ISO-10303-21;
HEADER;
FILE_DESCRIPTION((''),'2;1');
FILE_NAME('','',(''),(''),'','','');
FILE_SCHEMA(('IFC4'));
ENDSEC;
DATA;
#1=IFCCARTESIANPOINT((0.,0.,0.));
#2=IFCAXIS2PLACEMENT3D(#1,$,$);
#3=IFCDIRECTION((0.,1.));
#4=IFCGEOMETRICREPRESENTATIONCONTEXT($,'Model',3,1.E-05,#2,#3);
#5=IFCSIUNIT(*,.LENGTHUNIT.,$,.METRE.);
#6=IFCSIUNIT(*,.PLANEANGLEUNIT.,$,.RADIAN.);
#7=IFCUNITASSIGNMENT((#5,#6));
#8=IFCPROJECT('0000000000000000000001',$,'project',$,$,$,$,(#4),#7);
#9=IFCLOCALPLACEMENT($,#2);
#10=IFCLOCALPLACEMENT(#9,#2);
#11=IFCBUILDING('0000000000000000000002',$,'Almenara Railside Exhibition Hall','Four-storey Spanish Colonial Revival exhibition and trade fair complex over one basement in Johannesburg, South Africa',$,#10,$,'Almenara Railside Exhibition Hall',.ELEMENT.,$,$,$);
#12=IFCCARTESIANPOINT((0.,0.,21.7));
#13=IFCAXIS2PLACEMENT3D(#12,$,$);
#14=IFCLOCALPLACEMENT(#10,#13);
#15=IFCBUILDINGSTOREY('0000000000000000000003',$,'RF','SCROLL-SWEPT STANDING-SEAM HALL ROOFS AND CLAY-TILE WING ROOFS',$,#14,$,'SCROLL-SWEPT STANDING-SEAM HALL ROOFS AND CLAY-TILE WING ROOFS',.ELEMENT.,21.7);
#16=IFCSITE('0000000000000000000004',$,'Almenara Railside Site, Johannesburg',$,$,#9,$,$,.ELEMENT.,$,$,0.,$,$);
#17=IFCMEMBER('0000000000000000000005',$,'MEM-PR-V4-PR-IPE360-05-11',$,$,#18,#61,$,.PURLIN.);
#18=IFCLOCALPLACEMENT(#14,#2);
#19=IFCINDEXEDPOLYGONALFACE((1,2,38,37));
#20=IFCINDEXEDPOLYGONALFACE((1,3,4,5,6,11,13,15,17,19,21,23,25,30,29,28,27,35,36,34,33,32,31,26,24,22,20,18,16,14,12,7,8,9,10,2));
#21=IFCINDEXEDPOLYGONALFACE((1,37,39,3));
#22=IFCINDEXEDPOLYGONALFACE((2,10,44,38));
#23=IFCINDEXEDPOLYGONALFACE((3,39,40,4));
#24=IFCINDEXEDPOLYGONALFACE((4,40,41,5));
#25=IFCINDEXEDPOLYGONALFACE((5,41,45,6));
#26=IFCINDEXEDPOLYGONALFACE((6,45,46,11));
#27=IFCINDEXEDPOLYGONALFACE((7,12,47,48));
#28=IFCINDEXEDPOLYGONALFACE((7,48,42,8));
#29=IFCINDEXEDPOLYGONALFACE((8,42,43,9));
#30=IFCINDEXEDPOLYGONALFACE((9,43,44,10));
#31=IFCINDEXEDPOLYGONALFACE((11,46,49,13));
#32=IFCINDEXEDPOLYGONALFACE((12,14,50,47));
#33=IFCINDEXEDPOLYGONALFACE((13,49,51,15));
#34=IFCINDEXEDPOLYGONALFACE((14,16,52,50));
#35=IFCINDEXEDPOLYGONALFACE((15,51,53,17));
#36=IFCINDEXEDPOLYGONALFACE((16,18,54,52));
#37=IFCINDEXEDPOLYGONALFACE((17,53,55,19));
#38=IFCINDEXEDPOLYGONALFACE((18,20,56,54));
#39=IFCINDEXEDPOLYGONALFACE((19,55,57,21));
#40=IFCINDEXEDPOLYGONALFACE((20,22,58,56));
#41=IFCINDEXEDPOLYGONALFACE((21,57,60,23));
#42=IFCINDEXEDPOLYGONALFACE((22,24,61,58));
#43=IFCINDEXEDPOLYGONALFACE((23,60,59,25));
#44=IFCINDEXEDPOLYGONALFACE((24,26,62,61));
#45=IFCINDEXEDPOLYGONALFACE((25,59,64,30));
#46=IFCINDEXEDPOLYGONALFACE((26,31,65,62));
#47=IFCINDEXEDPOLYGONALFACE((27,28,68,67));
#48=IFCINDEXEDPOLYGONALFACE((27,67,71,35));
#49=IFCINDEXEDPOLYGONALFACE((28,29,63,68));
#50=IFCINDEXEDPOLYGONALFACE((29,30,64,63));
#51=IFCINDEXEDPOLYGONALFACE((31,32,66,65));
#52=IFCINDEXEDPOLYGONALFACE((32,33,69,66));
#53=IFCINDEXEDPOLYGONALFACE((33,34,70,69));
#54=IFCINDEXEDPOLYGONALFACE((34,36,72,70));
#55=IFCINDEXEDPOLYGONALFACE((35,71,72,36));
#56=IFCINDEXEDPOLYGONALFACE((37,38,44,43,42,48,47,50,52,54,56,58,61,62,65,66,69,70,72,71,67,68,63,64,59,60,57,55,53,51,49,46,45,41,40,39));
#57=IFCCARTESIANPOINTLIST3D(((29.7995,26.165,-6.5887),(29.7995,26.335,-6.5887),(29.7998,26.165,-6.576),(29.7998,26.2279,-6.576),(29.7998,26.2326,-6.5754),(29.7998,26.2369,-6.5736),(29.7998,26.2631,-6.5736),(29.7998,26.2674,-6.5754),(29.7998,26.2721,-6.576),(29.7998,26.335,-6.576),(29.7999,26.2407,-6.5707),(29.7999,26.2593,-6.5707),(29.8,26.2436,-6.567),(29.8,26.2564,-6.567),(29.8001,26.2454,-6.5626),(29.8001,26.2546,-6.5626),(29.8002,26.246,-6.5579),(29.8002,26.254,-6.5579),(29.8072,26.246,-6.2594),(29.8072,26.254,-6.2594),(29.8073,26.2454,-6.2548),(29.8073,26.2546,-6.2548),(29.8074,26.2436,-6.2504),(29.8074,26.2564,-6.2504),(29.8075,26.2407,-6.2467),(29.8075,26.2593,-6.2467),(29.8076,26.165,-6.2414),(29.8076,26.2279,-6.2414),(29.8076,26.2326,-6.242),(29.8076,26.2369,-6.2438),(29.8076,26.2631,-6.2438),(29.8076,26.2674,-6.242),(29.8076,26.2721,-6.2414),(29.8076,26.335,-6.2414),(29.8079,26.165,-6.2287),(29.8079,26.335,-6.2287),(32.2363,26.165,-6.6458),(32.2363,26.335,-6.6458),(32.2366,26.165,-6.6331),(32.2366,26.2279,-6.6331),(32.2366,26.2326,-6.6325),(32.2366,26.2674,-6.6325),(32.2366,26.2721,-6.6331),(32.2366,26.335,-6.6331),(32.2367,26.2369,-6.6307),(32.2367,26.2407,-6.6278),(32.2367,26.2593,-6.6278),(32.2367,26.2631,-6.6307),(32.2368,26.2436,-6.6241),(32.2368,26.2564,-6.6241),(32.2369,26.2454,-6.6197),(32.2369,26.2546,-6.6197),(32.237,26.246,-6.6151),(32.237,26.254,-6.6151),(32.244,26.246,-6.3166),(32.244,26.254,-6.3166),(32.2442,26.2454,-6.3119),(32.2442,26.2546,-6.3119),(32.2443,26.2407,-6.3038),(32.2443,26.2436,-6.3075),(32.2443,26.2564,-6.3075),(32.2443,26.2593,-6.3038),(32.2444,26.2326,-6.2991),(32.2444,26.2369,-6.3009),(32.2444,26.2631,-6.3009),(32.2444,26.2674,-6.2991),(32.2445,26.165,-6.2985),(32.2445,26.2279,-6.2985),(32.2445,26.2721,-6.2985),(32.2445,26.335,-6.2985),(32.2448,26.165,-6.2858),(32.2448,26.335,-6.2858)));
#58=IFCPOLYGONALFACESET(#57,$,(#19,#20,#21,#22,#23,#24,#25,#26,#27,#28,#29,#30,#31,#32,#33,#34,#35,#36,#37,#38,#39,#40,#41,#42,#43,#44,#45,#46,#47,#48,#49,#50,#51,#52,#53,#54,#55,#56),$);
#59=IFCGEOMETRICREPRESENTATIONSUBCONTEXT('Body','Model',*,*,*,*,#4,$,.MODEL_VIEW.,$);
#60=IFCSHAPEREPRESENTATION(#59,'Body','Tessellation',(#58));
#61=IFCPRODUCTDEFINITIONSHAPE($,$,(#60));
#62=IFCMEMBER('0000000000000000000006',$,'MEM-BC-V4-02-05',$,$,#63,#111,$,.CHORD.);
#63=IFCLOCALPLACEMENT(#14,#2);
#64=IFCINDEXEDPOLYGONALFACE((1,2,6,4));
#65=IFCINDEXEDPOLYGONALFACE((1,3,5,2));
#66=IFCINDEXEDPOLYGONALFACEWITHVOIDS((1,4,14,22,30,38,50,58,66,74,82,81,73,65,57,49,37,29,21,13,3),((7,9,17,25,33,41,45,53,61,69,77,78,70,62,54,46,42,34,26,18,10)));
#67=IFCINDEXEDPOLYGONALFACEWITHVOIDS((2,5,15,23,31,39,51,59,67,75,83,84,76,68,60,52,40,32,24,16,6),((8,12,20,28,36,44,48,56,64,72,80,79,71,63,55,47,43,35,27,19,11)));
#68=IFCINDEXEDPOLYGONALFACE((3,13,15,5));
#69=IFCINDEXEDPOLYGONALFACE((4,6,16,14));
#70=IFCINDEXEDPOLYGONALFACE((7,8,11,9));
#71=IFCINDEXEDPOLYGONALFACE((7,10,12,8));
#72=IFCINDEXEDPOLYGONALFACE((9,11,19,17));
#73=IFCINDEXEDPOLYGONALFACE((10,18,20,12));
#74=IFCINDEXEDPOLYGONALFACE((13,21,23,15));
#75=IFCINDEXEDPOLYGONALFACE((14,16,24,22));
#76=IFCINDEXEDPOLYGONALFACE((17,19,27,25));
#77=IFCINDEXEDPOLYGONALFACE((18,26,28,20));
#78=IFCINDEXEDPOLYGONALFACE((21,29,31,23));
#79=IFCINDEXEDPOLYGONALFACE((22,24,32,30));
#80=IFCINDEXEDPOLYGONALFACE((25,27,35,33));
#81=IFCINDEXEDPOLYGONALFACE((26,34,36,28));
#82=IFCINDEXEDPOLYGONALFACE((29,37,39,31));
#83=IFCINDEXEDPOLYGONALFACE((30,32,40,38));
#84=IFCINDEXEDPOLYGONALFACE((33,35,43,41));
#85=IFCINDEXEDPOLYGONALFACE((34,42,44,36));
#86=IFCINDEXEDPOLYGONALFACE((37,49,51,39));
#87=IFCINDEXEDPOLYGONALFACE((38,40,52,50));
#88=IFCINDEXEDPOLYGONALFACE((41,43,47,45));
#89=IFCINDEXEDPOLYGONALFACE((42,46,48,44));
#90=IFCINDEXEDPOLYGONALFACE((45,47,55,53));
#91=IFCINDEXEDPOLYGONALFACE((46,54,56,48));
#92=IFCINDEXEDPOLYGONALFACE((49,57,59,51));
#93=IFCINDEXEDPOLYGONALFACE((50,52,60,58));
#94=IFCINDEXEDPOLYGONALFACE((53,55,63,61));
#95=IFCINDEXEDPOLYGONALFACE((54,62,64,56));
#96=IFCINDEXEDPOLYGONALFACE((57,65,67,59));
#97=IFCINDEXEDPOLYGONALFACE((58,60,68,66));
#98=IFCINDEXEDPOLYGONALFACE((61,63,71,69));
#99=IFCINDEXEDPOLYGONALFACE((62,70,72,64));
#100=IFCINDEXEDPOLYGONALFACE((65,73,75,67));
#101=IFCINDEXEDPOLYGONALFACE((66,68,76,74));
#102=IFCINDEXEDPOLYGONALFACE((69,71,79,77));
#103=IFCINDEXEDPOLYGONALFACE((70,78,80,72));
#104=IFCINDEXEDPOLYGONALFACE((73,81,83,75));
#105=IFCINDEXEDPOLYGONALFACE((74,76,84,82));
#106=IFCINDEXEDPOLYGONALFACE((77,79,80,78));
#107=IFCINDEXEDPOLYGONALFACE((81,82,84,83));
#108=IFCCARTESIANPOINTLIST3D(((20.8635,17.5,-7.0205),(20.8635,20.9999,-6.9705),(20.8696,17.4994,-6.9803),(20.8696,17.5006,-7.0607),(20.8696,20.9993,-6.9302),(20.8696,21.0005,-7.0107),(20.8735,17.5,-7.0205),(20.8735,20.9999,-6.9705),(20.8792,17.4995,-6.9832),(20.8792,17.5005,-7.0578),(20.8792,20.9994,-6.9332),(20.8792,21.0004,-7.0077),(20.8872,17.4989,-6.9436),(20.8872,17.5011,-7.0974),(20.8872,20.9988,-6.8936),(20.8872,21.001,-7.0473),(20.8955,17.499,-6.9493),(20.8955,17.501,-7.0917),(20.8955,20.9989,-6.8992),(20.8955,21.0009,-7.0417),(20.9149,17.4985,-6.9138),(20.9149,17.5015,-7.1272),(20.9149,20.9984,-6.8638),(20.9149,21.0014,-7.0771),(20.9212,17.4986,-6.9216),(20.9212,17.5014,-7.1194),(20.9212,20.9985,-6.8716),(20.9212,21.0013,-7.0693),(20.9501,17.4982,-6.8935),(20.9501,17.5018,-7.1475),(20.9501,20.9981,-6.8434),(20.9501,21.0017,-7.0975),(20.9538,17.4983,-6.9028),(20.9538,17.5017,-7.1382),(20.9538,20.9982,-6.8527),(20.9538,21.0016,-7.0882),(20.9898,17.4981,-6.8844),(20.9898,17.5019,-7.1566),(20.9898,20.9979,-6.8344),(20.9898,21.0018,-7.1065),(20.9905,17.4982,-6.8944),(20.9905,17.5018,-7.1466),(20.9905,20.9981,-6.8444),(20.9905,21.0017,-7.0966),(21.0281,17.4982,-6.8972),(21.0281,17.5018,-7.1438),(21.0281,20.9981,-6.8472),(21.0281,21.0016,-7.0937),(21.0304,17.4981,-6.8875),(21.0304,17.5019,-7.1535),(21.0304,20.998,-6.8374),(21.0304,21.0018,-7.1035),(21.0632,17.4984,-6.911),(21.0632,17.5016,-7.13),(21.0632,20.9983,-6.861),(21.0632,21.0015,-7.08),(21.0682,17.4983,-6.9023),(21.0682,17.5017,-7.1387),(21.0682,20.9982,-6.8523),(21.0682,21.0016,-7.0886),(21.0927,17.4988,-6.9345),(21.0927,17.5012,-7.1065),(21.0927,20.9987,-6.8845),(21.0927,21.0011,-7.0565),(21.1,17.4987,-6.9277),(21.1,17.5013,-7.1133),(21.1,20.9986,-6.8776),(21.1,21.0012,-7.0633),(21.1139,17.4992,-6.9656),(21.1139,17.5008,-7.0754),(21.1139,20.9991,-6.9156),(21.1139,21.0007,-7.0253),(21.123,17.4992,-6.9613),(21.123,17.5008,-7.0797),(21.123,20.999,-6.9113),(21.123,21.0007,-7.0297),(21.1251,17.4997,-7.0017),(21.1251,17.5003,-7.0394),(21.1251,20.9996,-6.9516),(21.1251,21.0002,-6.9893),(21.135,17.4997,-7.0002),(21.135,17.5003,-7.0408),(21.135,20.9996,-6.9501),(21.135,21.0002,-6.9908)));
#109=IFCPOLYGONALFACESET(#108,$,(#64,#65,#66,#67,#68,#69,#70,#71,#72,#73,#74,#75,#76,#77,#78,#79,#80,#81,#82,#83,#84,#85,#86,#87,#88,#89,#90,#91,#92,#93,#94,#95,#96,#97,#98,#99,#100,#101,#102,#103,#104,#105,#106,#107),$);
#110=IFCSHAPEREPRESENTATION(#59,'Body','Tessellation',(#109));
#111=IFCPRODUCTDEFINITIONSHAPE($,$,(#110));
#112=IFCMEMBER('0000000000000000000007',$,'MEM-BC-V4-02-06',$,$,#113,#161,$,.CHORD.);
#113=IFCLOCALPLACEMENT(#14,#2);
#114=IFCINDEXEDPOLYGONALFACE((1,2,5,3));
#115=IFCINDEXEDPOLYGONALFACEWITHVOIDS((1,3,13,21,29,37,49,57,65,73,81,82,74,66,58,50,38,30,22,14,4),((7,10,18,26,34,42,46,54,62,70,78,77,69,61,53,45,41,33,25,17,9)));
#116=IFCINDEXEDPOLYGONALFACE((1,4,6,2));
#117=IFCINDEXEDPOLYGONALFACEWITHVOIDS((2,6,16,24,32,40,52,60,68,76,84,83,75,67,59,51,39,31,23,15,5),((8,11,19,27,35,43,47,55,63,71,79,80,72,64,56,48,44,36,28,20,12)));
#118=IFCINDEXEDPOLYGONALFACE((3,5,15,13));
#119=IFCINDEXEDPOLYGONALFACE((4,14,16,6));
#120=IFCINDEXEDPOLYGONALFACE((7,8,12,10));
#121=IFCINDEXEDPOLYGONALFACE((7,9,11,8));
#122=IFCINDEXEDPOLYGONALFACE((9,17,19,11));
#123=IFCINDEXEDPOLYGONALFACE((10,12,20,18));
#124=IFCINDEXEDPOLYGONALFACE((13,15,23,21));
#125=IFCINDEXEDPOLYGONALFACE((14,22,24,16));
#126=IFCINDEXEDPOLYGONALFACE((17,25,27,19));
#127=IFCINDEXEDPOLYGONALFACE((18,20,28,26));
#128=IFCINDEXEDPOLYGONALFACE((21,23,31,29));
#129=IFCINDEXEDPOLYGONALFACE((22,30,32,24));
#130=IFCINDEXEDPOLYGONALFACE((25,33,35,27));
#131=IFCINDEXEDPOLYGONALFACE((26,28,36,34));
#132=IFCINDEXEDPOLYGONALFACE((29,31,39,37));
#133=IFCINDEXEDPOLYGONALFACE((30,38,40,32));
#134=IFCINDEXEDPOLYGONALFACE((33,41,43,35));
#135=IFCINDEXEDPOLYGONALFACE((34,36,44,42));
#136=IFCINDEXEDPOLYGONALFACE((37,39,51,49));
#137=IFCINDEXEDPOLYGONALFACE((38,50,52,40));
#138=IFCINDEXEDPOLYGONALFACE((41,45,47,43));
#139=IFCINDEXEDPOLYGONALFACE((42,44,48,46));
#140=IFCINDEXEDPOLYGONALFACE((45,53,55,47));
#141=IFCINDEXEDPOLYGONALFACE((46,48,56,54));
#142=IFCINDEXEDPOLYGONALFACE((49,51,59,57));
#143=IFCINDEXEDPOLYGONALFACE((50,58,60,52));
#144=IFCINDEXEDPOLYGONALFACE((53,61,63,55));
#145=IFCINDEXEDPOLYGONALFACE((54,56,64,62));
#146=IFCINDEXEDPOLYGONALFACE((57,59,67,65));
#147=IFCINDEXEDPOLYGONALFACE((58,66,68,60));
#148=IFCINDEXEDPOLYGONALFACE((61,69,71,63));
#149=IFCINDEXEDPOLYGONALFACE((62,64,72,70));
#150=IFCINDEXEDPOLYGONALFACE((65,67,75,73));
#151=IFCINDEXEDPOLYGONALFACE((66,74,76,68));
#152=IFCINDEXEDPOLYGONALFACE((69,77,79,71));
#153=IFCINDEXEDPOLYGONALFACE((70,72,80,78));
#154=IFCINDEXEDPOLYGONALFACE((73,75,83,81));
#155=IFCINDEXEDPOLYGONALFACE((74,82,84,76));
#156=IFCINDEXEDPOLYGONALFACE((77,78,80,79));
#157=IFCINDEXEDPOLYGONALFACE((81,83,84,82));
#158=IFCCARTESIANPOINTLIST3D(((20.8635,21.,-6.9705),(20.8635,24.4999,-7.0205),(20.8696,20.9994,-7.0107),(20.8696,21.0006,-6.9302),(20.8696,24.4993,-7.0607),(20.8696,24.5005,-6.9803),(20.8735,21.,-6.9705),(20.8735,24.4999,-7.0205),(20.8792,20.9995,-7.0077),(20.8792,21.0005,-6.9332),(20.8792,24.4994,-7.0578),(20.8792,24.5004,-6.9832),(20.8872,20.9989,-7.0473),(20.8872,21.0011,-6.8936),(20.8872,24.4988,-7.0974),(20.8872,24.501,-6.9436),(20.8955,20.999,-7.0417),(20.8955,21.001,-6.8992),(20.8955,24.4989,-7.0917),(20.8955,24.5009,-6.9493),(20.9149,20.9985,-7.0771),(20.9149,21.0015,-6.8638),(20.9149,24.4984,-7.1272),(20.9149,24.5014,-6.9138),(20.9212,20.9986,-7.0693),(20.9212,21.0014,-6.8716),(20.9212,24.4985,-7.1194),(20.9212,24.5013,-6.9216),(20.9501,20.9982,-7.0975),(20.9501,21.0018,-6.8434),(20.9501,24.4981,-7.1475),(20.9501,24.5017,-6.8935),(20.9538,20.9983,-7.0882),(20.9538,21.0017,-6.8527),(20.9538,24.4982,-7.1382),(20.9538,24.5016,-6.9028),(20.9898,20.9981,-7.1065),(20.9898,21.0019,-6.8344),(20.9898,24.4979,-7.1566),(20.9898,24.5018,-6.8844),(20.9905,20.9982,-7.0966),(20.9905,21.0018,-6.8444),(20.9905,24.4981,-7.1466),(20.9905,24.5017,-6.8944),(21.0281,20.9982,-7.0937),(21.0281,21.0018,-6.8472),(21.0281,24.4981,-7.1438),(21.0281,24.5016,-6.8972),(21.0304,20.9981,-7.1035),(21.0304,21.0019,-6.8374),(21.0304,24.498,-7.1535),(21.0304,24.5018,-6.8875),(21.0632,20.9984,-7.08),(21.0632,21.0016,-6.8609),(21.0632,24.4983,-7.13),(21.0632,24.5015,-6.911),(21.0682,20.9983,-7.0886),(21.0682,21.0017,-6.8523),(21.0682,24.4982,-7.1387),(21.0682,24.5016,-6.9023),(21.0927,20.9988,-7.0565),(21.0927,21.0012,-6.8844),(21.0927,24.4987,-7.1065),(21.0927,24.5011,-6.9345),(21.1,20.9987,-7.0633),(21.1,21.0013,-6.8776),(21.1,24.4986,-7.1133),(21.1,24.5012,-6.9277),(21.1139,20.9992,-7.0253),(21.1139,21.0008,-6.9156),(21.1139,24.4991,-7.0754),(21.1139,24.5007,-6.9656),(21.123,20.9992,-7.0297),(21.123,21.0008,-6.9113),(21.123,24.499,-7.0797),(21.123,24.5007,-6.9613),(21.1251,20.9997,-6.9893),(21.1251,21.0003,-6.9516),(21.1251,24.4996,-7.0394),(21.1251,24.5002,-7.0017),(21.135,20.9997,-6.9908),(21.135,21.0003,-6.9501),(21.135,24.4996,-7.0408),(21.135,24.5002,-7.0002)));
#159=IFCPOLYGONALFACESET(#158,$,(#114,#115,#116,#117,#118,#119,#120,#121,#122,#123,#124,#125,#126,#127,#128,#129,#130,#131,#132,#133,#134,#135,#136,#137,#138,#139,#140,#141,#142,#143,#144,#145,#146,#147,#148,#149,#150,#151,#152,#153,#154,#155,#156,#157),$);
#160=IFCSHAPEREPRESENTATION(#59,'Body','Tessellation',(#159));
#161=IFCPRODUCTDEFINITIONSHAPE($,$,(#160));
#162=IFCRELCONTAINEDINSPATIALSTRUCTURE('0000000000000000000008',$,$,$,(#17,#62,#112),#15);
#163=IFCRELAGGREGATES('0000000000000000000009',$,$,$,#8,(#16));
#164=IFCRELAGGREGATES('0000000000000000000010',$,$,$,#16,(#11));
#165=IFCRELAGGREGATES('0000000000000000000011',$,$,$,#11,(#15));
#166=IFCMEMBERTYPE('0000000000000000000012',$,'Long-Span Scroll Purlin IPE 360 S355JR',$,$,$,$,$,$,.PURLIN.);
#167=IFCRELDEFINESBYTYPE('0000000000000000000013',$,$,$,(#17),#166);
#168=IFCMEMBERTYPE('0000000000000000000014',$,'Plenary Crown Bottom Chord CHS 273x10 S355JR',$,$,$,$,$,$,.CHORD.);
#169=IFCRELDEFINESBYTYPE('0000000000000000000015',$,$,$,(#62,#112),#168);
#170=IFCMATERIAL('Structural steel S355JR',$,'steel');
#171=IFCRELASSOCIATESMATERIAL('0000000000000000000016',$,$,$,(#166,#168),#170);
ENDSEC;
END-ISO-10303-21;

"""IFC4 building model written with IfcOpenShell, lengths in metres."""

from ifc_helpers import new_model, si_unit, direction, frame, origin, origin_2d, place, context, subcontext, project, spatial, hollow_circle, i_section, extrude, material, material_profile, profile_set, type_object, element, save


model = new_model("IFC4")

# Units and contexts
model_context = context("Model", 3, precision=1e-05, world=origin(), true_north=direction((0.0, 1.0)))
body_context = subcontext(model_context, "Body", "Model", "MODEL_VIEW")
ifc_project = project(units=[si_unit("LENGTHUNIT", "METRE"), si_unit("PLANEANGLEUNIT", "RADIAN")], contexts=[model_context])

# Site, building, storey
site_placement = place(None, origin())
site = spatial("IfcSite", under=ifc_project, at=site_placement, Name="Almenara Railside Site, Johannesburg", CompositionType="ELEMENT", RefElevation=0.0)
building_placement = place(site_placement, origin())
building = spatial("IfcBuilding", under=site, at=building_placement, Name="Almenara Railside Exhibition Hall", Description="Four-storey Spanish Colonial Revival exhibition and trade fair complex over one basement in Johannesburg, South Africa", LongName="Almenara Railside Exhibition Hall", CompositionType="ELEMENT")
storey_placement = place(building_placement, frame((0.0, 0.0, 21.7)))
storey = spatial("IfcBuildingStorey", under=building, at=storey_placement, Name="RF", Description="SCROLL-SWEPT STANDING-SEAM HALL ROOFS AND CLAY-TILE WING ROOFS", LongName="SCROLL-SWEPT STANDING-SEAM HALL ROOFS AND CLAY-TILE WING ROOFS", CompositionType="ELEMENT", Elevation=21.7)

# Members
ifc_material_1 = material(Name="Structural steel S355JR", Category="steel")
ifc_material_profile_1 = material_profile(ifc_material_1, i_section(OverallWidth=0.1699, OverallDepth=0.3601, WebThickness=0.0081, FlangeThickness=0.0127, FilletRadius=0.0181, at=origin_2d()), Name="IPE 360")
ifc_profile_set_1 = profile_set([ifc_material_profile_1], Name="Structural steel S355JR")
member_type_1 = type_object("IfcMemberType", Name="Long-Span Scroll Purlin IPE 360 S355JR", PredefinedType="PURLIN", material=ifc_profile_set_1)
member_1_placement = place(storey_placement, frame((29.8037, 26.25, -6.4087), z_axis=(0.999725, 0.0, -0.023438), x_axis=(0.0, 1.0, 0.0)))
element("IfcMember", 1, at=member_1_placement, inside=storey, type_object=member_type_1, Name="MEM-PR-V4-PR-IPE360-05-11", PredefinedType="PURLIN", context=body_context, shape_type="SweptSolid", body=[
    extrude(i_section(OverallWidth=0.1699, OverallDepth=0.3601, WebThickness=0.0081, FlangeThickness=0.0127, FilletRadius=0.0181, at=origin_2d()), origin(), (0.0, 0.0, 1.0), 2.4375),
])
ifc_material_profile_2 = material_profile(ifc_material_1, hollow_circle(Radius=0.1365, WallThickness=0.01, at=origin_2d()), Name="CHS 273x10")
ifc_profile_set_2 = profile_set([ifc_material_profile_2], Name="Structural steel S355JR")
member_type_2 = type_object("IfcMemberType", Name="Plenary Crown Bottom Chord CHS 273x10 S355JR", PredefinedType="CHORD", material=ifc_profile_set_2)
for number, where, z_axis, x_axis, name in (
    (2, (21.0, 17.5, -7.0205), (0.0, 0.999898, 0.014298), (-1.0, 0.0, 0.0), "MEM-BC-V4-02-05"),
    (3, (21.0, 21.0, -6.9705), (0.0, 0.999898, -0.014298), (-1.0, 0.0, 0.0), "MEM-BC-V4-02-06"),
):
    element("IfcMember", number, at=place(storey_placement, frame(where, z_axis=z_axis, x_axis=x_axis)), inside=storey, type_object=member_type_2, Name=name, PredefinedType="CHORD", context=body_context, shape_type="SweptSolid", body=[
        extrude(hollow_circle(Radius=0.1365, WallThickness=0.01, at=origin_2d()), origin(), (0.0, 0.0, 1.0), 3.5002),
    ])

save(model, "model.ifc")
